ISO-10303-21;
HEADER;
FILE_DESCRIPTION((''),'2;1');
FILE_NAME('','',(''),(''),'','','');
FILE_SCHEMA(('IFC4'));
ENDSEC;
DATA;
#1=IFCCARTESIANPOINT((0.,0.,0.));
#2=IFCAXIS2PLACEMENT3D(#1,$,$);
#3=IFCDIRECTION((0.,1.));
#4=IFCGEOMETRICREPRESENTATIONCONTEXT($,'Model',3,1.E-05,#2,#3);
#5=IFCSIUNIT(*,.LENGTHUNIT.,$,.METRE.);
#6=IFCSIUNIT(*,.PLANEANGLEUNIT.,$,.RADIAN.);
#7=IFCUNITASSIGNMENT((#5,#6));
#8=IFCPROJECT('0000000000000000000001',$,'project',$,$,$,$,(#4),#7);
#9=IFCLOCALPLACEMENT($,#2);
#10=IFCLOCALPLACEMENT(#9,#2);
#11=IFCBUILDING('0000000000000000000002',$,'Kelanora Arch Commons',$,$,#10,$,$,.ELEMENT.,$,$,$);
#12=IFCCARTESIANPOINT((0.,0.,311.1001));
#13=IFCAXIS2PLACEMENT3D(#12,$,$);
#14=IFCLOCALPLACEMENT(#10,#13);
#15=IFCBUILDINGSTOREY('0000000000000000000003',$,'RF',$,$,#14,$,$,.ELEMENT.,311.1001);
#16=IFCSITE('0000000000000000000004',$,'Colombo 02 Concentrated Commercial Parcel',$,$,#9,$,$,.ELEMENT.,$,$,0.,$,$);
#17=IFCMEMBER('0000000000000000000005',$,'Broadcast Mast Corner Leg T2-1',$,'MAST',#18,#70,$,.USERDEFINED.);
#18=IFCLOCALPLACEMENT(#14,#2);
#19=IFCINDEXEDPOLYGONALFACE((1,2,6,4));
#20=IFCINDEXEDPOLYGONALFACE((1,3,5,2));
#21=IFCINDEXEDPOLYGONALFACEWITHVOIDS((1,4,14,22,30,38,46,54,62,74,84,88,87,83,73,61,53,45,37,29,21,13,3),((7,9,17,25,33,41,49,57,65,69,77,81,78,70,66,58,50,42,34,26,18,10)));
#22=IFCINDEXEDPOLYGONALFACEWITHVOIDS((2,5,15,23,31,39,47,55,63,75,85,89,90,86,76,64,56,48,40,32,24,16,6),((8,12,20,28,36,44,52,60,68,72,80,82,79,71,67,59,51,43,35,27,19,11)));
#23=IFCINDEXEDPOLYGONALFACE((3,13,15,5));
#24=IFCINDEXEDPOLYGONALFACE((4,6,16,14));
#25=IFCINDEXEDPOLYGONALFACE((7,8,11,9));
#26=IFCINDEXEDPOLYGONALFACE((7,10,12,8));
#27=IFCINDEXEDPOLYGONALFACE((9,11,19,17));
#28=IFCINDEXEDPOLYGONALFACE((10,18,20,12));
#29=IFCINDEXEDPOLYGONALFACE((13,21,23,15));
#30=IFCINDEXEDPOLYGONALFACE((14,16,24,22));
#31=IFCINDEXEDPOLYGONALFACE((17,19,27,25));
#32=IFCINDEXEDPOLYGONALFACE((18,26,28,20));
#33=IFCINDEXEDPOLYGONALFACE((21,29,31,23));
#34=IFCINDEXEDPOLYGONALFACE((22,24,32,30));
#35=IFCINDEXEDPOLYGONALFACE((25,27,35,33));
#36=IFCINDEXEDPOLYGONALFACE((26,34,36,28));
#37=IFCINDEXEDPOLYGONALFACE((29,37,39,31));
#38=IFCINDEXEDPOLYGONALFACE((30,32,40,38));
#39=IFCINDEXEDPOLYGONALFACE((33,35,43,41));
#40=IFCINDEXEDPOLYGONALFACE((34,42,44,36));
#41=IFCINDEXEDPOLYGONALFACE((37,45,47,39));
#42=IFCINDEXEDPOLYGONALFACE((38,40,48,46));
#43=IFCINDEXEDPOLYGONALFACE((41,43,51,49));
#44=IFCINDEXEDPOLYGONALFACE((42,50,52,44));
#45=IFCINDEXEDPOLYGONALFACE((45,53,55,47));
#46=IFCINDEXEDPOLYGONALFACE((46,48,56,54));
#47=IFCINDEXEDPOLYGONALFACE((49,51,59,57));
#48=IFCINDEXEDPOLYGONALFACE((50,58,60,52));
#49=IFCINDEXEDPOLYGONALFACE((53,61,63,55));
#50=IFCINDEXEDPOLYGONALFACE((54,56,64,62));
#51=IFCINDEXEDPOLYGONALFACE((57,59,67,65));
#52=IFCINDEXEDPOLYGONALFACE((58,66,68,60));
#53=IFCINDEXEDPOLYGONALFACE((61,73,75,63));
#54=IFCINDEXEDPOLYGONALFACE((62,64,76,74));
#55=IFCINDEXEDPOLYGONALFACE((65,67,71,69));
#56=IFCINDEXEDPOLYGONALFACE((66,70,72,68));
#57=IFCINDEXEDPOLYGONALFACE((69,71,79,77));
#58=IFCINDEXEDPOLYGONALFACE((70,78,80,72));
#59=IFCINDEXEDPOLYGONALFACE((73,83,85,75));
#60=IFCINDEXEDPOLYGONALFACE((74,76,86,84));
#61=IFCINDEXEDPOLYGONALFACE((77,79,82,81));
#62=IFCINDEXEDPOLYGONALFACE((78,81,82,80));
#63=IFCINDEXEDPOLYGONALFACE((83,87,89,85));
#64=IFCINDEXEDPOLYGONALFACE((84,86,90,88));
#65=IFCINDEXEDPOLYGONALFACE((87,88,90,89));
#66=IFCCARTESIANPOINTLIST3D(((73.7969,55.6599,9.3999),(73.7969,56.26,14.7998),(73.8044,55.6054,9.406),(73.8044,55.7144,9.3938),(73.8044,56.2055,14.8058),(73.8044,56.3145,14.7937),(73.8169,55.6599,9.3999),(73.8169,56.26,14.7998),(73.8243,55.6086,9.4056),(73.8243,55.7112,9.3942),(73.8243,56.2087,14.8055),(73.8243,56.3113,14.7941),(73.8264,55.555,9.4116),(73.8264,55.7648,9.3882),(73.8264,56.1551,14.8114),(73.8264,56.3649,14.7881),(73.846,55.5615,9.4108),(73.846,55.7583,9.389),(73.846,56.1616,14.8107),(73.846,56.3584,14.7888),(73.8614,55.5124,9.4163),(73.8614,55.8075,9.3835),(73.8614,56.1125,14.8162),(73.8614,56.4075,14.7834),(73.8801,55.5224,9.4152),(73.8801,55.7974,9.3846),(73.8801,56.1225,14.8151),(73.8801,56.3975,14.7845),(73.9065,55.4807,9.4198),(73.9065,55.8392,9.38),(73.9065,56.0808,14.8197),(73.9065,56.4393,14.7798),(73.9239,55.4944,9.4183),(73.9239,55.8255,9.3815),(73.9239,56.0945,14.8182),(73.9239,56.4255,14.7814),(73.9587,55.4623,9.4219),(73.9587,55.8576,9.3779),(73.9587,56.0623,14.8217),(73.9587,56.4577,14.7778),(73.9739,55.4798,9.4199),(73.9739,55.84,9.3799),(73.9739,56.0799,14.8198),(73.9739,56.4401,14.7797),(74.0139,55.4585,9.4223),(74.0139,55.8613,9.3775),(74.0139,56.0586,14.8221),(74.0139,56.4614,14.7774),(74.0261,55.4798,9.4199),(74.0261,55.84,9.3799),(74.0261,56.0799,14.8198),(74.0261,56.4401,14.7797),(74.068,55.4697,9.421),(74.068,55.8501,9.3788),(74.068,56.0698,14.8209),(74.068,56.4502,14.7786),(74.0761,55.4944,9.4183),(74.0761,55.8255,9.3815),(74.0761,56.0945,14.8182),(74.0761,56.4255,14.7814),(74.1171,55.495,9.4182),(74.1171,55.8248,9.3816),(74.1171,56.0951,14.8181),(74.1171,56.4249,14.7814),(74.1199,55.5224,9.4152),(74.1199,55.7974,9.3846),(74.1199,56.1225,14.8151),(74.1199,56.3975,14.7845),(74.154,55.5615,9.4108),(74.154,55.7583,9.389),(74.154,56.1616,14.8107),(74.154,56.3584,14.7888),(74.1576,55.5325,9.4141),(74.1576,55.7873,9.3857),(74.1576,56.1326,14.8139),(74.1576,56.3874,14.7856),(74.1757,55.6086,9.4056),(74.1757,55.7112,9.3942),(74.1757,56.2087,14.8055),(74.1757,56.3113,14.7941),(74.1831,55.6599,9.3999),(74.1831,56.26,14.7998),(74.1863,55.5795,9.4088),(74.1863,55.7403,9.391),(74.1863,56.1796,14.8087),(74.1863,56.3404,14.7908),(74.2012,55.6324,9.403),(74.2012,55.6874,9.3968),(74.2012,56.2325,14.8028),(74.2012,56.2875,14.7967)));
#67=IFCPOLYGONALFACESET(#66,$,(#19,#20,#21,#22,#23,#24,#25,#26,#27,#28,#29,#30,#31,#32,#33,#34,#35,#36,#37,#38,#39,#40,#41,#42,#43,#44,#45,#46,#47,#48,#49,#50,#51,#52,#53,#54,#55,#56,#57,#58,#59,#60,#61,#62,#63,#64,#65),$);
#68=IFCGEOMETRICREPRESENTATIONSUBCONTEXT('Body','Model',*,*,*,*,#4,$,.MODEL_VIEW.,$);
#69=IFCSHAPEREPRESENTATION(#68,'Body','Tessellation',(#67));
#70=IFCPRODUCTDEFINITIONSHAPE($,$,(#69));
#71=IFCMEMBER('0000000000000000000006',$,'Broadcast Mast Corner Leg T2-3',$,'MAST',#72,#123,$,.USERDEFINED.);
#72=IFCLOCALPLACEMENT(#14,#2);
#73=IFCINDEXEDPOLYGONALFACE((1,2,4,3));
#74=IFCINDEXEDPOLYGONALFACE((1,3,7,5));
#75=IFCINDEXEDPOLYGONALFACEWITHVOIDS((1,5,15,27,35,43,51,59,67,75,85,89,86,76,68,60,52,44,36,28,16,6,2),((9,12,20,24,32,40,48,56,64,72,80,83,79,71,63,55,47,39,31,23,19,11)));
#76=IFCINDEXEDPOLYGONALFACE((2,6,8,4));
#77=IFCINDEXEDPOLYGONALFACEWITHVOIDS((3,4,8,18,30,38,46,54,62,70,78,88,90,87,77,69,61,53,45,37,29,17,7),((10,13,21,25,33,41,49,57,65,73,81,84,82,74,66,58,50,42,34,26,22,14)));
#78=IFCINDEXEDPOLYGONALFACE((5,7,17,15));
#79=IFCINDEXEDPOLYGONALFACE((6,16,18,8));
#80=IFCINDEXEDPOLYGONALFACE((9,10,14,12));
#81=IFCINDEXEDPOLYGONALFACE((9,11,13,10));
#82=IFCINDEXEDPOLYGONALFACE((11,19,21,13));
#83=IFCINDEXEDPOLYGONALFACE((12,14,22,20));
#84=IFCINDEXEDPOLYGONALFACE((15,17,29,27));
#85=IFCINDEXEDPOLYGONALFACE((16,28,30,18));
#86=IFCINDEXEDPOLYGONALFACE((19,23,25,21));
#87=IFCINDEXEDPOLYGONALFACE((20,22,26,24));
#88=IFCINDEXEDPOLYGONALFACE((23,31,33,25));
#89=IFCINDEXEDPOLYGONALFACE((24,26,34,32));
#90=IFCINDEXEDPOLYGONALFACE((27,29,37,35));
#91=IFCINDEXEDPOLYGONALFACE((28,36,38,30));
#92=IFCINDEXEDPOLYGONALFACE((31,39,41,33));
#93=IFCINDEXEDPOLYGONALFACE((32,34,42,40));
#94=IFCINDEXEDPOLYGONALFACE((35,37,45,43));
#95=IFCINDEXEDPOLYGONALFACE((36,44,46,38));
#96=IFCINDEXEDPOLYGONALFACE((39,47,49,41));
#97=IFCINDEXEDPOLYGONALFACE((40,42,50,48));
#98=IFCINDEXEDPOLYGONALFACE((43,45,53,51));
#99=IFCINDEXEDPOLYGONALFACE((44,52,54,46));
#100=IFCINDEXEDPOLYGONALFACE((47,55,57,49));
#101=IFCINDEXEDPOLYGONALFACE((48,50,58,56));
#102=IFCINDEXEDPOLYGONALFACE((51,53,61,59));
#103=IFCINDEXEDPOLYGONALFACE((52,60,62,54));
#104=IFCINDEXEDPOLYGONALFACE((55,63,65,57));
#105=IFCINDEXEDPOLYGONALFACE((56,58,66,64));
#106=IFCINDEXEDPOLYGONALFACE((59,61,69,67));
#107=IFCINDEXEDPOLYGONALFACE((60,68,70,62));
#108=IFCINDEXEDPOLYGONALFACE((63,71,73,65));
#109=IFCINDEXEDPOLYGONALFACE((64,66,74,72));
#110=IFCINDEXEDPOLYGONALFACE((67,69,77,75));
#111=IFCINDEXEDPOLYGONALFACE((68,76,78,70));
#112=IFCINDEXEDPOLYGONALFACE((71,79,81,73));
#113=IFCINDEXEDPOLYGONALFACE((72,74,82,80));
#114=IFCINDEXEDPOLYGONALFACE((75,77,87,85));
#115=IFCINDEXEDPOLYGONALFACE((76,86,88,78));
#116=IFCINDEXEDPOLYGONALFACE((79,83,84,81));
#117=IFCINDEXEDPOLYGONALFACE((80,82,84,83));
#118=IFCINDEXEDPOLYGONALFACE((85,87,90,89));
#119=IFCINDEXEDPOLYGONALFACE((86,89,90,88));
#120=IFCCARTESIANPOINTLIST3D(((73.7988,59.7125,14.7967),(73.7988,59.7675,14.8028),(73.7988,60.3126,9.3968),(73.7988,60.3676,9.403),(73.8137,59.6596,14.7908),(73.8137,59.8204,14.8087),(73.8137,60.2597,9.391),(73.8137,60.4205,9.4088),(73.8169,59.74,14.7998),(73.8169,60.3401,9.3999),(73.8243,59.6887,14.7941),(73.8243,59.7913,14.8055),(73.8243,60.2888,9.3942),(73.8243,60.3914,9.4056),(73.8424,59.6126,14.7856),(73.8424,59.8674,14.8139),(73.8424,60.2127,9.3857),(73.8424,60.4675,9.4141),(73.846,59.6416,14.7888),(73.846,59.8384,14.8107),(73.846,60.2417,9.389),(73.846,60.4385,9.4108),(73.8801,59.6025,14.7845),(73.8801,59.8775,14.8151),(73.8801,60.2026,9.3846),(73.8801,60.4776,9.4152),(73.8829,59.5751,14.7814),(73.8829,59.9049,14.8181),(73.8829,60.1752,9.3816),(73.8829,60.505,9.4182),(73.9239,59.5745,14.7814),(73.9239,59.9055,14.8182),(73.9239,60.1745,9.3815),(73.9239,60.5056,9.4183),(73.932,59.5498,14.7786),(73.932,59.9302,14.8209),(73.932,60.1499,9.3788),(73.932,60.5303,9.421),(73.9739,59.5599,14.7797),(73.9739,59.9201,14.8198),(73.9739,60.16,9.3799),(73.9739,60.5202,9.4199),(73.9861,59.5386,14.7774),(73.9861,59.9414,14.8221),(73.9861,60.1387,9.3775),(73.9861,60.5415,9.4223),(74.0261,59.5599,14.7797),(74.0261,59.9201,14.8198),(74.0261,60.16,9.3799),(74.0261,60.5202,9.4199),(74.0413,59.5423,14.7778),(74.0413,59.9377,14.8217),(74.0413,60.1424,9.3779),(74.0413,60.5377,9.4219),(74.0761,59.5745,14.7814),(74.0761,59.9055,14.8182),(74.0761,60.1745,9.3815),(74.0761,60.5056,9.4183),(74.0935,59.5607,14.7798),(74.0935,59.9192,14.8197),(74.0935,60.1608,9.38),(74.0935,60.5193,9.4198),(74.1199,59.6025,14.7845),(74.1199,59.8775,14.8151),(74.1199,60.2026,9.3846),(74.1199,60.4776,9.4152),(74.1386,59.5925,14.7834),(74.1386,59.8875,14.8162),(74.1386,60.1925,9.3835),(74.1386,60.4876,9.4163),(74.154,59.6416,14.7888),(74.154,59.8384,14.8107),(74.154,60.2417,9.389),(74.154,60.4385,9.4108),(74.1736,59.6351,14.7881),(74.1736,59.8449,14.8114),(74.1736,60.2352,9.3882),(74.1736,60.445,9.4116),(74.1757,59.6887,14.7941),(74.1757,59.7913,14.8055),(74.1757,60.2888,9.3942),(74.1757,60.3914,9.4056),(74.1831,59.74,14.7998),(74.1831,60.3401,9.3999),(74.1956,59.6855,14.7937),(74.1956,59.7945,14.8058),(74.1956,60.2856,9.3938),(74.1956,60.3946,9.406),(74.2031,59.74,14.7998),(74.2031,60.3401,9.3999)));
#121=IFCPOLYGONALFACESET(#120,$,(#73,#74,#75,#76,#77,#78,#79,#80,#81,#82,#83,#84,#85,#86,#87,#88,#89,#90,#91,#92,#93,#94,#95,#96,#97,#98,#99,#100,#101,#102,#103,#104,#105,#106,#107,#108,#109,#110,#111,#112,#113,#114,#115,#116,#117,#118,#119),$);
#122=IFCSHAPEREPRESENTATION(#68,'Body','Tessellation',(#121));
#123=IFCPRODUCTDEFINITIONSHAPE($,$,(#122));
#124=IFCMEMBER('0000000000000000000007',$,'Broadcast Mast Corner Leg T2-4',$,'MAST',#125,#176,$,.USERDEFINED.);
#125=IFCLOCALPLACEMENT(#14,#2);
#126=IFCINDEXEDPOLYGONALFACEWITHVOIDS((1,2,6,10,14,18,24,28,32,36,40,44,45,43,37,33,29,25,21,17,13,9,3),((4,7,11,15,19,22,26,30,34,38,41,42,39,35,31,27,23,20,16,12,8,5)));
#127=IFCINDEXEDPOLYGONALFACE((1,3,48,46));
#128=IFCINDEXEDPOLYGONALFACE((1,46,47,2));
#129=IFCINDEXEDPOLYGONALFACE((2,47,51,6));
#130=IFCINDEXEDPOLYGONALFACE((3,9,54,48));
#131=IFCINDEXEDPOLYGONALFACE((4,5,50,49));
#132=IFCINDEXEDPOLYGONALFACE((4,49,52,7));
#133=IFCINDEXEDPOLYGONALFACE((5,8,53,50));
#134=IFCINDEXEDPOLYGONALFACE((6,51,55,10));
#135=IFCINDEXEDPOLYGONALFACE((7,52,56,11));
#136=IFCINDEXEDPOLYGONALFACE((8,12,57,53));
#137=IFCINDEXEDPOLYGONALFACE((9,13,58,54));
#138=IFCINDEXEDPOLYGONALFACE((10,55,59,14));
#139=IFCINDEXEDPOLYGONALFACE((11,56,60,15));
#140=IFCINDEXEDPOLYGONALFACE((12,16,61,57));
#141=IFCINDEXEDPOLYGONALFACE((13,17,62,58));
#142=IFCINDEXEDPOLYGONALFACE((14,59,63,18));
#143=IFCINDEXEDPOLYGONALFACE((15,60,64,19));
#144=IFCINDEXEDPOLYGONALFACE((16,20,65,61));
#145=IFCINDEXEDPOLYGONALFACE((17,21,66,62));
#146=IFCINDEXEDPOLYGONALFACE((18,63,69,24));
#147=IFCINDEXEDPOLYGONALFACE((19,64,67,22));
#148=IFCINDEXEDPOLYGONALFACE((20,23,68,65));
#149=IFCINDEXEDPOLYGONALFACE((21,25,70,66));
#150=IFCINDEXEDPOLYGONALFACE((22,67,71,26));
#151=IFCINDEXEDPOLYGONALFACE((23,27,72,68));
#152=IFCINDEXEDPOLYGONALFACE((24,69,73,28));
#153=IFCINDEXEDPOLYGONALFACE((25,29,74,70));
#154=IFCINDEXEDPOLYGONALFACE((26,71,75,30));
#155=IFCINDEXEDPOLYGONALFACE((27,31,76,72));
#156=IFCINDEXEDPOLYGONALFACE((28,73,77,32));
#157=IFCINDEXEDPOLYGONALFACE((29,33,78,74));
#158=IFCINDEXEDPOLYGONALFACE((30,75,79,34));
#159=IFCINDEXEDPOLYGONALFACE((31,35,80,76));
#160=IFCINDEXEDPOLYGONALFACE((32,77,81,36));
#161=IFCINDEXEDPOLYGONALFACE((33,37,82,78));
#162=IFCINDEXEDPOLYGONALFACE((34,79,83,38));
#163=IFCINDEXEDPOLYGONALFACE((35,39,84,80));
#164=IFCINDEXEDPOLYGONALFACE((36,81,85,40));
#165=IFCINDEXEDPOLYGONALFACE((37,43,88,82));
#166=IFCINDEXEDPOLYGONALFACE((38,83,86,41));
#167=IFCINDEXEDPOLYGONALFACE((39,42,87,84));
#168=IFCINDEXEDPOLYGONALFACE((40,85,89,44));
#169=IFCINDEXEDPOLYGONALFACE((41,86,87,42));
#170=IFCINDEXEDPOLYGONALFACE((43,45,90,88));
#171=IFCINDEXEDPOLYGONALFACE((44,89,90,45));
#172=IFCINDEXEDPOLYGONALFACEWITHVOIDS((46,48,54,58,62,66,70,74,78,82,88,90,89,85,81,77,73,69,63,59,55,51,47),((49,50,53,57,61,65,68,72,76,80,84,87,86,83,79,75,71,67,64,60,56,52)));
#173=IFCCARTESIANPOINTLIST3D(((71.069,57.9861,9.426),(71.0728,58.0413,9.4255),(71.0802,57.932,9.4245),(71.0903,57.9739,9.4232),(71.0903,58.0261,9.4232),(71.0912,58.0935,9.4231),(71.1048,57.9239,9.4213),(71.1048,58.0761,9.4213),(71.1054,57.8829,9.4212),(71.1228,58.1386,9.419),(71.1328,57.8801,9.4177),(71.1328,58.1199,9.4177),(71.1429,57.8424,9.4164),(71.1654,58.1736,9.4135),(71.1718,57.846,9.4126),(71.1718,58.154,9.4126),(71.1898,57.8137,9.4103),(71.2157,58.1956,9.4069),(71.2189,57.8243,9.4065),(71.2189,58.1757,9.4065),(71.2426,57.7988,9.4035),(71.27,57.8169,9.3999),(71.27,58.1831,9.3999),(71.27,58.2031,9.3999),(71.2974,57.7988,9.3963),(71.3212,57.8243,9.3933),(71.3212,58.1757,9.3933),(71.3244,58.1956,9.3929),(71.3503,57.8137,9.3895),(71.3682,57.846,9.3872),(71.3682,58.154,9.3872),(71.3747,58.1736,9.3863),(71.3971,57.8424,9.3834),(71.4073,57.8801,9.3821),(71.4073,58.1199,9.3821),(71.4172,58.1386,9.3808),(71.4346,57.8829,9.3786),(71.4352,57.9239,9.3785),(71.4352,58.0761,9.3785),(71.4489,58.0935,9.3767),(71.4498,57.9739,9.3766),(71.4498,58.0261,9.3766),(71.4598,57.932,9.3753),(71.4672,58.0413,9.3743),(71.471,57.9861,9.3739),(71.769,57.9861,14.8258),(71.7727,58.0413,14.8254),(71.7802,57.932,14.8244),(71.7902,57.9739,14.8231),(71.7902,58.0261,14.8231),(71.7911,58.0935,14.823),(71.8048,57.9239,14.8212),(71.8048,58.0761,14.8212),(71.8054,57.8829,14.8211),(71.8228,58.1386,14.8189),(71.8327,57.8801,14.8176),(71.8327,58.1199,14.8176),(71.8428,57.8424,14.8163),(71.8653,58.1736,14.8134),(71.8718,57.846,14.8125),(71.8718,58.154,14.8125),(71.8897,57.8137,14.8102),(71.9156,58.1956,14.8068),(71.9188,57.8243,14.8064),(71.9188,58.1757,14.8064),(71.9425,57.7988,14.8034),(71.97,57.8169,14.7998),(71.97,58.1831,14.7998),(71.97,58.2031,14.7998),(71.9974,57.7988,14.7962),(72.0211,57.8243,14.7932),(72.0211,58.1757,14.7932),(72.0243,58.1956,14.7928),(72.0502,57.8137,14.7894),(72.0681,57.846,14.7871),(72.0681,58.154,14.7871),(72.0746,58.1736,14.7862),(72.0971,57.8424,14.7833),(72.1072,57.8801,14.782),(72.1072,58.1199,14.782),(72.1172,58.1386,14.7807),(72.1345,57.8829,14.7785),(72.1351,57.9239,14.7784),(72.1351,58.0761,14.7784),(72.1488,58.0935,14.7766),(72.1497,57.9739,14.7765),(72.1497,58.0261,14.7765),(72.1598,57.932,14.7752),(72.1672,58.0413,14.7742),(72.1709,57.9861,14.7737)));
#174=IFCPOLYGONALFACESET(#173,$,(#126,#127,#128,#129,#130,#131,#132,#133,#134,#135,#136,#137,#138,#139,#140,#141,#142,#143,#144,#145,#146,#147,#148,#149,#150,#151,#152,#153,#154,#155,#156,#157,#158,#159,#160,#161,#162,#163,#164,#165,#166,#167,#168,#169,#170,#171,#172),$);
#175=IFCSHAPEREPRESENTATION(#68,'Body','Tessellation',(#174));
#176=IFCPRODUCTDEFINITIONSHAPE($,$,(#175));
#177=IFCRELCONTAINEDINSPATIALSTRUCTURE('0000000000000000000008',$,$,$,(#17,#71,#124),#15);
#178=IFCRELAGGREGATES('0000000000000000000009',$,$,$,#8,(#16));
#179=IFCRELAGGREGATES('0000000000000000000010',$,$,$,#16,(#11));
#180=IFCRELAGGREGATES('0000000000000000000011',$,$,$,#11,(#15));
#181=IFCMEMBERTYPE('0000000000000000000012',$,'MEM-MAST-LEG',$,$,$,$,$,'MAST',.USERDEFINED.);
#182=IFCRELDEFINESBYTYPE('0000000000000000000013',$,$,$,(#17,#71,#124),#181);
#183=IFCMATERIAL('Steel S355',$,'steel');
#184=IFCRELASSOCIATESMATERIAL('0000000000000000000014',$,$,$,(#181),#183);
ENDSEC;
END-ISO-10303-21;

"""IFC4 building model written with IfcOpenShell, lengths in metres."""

from ifc_helpers import new_model, si_unit, direction, frame, origin, origin_2d, place, context, subcontext, project, spatial, hollow_circle, extrude, material, material_profile, profile_set, type_object, element, save


model = new_model("IFC4")

# Units and contexts
model_context = context("Model", 3, precision=1e-05, world=origin(), true_north=direction((0.0, 1.0)))
body_context = subcontext(model_context, "Body", "Model", "MODEL_VIEW")
ifc_project = project(units=[si_unit("LENGTHUNIT", "METRE"), si_unit("PLANEANGLEUNIT", "RADIAN")], contexts=[model_context])

# Site, building, storey
site_placement = place(None, origin())
site = spatial("IfcSite", under=ifc_project, at=site_placement, Name="Colombo 02 Concentrated Commercial Parcel", CompositionType="ELEMENT", RefElevation=0.0)
building_placement = place(site_placement, origin())
building = spatial("IfcBuilding", under=site, at=building_placement, Name="Kelanora Arch Commons", CompositionType="ELEMENT")
storey_placement = place(building_placement, frame((0.0, 0.0, 311.1001)))
storey = spatial("IfcBuildingStorey", under=building, at=storey_placement, Name="RF", CompositionType="ELEMENT", Elevation=311.1001)

# Members
ifc_material_1 = material(Name="Steel S355", Category="steel")
ifc_material_profile_1 = material_profile(ifc_material_1, hollow_circle(Radius=0.2031, WallThickness=0.02, at=origin_2d()), Name="CHS406.4x20")
ifc_profile_set_1 = profile_set([ifc_material_profile_1], Name="Steel S355")
member_type_1 = type_object("IfcMemberType", Name="MEM-MAST-LEG", ElementType="MAST", PredefinedType="USERDEFINED", material=ifc_profile_set_1)
for number, where, z_axis, x_axis, name in (
    (1, (74.0, 55.6599, 9.3999), (0.0, 0.110451, 0.993882), (-1.0, 0.0, 0.0), "Broadcast Mast Corner Leg T2-1"),
    (2, (74.0, 60.3401, 9.3999), (0.0, -0.110451, 0.993882), (1.0, 0.0, 0.0), "Broadcast Mast Corner Leg T2-3"),
):
    element("IfcMember", number, at=place(storey_placement, frame(where, z_axis=z_axis, x_axis=x_axis)), inside=storey, type_object=member_type_1, Name=name, ObjectType="MAST", PredefinedType="USERDEFINED", context=body_context, shape_type="SweptSolid", body=[
        extrude(hollow_circle(Radius=0.2031, WallThickness=0.02, at=origin_2d()), origin(), (0.0, 0.0, 1.0), 5.4331),
    ])
member_1_placement = place(storey_placement, frame((71.27, 58.0, 9.3999), z_axis=(0.128547, 0.0, 0.991703), x_axis=(0.0, 1.0, 0.0)))
element("IfcMember", 3, at=member_1_placement, inside=storey, type_object=member_type_1, Name="Broadcast Mast Corner Leg T2-4", ObjectType="MAST", PredefinedType="USERDEFINED", context=body_context, shape_type="SweptSolid", body=[
    extrude(hollow_circle(Radius=0.2031, WallThickness=0.02, at=origin_2d()), origin(), (0.0, 0.0, 1.0), 5.4451),
])

save(model, "model.ifc")
